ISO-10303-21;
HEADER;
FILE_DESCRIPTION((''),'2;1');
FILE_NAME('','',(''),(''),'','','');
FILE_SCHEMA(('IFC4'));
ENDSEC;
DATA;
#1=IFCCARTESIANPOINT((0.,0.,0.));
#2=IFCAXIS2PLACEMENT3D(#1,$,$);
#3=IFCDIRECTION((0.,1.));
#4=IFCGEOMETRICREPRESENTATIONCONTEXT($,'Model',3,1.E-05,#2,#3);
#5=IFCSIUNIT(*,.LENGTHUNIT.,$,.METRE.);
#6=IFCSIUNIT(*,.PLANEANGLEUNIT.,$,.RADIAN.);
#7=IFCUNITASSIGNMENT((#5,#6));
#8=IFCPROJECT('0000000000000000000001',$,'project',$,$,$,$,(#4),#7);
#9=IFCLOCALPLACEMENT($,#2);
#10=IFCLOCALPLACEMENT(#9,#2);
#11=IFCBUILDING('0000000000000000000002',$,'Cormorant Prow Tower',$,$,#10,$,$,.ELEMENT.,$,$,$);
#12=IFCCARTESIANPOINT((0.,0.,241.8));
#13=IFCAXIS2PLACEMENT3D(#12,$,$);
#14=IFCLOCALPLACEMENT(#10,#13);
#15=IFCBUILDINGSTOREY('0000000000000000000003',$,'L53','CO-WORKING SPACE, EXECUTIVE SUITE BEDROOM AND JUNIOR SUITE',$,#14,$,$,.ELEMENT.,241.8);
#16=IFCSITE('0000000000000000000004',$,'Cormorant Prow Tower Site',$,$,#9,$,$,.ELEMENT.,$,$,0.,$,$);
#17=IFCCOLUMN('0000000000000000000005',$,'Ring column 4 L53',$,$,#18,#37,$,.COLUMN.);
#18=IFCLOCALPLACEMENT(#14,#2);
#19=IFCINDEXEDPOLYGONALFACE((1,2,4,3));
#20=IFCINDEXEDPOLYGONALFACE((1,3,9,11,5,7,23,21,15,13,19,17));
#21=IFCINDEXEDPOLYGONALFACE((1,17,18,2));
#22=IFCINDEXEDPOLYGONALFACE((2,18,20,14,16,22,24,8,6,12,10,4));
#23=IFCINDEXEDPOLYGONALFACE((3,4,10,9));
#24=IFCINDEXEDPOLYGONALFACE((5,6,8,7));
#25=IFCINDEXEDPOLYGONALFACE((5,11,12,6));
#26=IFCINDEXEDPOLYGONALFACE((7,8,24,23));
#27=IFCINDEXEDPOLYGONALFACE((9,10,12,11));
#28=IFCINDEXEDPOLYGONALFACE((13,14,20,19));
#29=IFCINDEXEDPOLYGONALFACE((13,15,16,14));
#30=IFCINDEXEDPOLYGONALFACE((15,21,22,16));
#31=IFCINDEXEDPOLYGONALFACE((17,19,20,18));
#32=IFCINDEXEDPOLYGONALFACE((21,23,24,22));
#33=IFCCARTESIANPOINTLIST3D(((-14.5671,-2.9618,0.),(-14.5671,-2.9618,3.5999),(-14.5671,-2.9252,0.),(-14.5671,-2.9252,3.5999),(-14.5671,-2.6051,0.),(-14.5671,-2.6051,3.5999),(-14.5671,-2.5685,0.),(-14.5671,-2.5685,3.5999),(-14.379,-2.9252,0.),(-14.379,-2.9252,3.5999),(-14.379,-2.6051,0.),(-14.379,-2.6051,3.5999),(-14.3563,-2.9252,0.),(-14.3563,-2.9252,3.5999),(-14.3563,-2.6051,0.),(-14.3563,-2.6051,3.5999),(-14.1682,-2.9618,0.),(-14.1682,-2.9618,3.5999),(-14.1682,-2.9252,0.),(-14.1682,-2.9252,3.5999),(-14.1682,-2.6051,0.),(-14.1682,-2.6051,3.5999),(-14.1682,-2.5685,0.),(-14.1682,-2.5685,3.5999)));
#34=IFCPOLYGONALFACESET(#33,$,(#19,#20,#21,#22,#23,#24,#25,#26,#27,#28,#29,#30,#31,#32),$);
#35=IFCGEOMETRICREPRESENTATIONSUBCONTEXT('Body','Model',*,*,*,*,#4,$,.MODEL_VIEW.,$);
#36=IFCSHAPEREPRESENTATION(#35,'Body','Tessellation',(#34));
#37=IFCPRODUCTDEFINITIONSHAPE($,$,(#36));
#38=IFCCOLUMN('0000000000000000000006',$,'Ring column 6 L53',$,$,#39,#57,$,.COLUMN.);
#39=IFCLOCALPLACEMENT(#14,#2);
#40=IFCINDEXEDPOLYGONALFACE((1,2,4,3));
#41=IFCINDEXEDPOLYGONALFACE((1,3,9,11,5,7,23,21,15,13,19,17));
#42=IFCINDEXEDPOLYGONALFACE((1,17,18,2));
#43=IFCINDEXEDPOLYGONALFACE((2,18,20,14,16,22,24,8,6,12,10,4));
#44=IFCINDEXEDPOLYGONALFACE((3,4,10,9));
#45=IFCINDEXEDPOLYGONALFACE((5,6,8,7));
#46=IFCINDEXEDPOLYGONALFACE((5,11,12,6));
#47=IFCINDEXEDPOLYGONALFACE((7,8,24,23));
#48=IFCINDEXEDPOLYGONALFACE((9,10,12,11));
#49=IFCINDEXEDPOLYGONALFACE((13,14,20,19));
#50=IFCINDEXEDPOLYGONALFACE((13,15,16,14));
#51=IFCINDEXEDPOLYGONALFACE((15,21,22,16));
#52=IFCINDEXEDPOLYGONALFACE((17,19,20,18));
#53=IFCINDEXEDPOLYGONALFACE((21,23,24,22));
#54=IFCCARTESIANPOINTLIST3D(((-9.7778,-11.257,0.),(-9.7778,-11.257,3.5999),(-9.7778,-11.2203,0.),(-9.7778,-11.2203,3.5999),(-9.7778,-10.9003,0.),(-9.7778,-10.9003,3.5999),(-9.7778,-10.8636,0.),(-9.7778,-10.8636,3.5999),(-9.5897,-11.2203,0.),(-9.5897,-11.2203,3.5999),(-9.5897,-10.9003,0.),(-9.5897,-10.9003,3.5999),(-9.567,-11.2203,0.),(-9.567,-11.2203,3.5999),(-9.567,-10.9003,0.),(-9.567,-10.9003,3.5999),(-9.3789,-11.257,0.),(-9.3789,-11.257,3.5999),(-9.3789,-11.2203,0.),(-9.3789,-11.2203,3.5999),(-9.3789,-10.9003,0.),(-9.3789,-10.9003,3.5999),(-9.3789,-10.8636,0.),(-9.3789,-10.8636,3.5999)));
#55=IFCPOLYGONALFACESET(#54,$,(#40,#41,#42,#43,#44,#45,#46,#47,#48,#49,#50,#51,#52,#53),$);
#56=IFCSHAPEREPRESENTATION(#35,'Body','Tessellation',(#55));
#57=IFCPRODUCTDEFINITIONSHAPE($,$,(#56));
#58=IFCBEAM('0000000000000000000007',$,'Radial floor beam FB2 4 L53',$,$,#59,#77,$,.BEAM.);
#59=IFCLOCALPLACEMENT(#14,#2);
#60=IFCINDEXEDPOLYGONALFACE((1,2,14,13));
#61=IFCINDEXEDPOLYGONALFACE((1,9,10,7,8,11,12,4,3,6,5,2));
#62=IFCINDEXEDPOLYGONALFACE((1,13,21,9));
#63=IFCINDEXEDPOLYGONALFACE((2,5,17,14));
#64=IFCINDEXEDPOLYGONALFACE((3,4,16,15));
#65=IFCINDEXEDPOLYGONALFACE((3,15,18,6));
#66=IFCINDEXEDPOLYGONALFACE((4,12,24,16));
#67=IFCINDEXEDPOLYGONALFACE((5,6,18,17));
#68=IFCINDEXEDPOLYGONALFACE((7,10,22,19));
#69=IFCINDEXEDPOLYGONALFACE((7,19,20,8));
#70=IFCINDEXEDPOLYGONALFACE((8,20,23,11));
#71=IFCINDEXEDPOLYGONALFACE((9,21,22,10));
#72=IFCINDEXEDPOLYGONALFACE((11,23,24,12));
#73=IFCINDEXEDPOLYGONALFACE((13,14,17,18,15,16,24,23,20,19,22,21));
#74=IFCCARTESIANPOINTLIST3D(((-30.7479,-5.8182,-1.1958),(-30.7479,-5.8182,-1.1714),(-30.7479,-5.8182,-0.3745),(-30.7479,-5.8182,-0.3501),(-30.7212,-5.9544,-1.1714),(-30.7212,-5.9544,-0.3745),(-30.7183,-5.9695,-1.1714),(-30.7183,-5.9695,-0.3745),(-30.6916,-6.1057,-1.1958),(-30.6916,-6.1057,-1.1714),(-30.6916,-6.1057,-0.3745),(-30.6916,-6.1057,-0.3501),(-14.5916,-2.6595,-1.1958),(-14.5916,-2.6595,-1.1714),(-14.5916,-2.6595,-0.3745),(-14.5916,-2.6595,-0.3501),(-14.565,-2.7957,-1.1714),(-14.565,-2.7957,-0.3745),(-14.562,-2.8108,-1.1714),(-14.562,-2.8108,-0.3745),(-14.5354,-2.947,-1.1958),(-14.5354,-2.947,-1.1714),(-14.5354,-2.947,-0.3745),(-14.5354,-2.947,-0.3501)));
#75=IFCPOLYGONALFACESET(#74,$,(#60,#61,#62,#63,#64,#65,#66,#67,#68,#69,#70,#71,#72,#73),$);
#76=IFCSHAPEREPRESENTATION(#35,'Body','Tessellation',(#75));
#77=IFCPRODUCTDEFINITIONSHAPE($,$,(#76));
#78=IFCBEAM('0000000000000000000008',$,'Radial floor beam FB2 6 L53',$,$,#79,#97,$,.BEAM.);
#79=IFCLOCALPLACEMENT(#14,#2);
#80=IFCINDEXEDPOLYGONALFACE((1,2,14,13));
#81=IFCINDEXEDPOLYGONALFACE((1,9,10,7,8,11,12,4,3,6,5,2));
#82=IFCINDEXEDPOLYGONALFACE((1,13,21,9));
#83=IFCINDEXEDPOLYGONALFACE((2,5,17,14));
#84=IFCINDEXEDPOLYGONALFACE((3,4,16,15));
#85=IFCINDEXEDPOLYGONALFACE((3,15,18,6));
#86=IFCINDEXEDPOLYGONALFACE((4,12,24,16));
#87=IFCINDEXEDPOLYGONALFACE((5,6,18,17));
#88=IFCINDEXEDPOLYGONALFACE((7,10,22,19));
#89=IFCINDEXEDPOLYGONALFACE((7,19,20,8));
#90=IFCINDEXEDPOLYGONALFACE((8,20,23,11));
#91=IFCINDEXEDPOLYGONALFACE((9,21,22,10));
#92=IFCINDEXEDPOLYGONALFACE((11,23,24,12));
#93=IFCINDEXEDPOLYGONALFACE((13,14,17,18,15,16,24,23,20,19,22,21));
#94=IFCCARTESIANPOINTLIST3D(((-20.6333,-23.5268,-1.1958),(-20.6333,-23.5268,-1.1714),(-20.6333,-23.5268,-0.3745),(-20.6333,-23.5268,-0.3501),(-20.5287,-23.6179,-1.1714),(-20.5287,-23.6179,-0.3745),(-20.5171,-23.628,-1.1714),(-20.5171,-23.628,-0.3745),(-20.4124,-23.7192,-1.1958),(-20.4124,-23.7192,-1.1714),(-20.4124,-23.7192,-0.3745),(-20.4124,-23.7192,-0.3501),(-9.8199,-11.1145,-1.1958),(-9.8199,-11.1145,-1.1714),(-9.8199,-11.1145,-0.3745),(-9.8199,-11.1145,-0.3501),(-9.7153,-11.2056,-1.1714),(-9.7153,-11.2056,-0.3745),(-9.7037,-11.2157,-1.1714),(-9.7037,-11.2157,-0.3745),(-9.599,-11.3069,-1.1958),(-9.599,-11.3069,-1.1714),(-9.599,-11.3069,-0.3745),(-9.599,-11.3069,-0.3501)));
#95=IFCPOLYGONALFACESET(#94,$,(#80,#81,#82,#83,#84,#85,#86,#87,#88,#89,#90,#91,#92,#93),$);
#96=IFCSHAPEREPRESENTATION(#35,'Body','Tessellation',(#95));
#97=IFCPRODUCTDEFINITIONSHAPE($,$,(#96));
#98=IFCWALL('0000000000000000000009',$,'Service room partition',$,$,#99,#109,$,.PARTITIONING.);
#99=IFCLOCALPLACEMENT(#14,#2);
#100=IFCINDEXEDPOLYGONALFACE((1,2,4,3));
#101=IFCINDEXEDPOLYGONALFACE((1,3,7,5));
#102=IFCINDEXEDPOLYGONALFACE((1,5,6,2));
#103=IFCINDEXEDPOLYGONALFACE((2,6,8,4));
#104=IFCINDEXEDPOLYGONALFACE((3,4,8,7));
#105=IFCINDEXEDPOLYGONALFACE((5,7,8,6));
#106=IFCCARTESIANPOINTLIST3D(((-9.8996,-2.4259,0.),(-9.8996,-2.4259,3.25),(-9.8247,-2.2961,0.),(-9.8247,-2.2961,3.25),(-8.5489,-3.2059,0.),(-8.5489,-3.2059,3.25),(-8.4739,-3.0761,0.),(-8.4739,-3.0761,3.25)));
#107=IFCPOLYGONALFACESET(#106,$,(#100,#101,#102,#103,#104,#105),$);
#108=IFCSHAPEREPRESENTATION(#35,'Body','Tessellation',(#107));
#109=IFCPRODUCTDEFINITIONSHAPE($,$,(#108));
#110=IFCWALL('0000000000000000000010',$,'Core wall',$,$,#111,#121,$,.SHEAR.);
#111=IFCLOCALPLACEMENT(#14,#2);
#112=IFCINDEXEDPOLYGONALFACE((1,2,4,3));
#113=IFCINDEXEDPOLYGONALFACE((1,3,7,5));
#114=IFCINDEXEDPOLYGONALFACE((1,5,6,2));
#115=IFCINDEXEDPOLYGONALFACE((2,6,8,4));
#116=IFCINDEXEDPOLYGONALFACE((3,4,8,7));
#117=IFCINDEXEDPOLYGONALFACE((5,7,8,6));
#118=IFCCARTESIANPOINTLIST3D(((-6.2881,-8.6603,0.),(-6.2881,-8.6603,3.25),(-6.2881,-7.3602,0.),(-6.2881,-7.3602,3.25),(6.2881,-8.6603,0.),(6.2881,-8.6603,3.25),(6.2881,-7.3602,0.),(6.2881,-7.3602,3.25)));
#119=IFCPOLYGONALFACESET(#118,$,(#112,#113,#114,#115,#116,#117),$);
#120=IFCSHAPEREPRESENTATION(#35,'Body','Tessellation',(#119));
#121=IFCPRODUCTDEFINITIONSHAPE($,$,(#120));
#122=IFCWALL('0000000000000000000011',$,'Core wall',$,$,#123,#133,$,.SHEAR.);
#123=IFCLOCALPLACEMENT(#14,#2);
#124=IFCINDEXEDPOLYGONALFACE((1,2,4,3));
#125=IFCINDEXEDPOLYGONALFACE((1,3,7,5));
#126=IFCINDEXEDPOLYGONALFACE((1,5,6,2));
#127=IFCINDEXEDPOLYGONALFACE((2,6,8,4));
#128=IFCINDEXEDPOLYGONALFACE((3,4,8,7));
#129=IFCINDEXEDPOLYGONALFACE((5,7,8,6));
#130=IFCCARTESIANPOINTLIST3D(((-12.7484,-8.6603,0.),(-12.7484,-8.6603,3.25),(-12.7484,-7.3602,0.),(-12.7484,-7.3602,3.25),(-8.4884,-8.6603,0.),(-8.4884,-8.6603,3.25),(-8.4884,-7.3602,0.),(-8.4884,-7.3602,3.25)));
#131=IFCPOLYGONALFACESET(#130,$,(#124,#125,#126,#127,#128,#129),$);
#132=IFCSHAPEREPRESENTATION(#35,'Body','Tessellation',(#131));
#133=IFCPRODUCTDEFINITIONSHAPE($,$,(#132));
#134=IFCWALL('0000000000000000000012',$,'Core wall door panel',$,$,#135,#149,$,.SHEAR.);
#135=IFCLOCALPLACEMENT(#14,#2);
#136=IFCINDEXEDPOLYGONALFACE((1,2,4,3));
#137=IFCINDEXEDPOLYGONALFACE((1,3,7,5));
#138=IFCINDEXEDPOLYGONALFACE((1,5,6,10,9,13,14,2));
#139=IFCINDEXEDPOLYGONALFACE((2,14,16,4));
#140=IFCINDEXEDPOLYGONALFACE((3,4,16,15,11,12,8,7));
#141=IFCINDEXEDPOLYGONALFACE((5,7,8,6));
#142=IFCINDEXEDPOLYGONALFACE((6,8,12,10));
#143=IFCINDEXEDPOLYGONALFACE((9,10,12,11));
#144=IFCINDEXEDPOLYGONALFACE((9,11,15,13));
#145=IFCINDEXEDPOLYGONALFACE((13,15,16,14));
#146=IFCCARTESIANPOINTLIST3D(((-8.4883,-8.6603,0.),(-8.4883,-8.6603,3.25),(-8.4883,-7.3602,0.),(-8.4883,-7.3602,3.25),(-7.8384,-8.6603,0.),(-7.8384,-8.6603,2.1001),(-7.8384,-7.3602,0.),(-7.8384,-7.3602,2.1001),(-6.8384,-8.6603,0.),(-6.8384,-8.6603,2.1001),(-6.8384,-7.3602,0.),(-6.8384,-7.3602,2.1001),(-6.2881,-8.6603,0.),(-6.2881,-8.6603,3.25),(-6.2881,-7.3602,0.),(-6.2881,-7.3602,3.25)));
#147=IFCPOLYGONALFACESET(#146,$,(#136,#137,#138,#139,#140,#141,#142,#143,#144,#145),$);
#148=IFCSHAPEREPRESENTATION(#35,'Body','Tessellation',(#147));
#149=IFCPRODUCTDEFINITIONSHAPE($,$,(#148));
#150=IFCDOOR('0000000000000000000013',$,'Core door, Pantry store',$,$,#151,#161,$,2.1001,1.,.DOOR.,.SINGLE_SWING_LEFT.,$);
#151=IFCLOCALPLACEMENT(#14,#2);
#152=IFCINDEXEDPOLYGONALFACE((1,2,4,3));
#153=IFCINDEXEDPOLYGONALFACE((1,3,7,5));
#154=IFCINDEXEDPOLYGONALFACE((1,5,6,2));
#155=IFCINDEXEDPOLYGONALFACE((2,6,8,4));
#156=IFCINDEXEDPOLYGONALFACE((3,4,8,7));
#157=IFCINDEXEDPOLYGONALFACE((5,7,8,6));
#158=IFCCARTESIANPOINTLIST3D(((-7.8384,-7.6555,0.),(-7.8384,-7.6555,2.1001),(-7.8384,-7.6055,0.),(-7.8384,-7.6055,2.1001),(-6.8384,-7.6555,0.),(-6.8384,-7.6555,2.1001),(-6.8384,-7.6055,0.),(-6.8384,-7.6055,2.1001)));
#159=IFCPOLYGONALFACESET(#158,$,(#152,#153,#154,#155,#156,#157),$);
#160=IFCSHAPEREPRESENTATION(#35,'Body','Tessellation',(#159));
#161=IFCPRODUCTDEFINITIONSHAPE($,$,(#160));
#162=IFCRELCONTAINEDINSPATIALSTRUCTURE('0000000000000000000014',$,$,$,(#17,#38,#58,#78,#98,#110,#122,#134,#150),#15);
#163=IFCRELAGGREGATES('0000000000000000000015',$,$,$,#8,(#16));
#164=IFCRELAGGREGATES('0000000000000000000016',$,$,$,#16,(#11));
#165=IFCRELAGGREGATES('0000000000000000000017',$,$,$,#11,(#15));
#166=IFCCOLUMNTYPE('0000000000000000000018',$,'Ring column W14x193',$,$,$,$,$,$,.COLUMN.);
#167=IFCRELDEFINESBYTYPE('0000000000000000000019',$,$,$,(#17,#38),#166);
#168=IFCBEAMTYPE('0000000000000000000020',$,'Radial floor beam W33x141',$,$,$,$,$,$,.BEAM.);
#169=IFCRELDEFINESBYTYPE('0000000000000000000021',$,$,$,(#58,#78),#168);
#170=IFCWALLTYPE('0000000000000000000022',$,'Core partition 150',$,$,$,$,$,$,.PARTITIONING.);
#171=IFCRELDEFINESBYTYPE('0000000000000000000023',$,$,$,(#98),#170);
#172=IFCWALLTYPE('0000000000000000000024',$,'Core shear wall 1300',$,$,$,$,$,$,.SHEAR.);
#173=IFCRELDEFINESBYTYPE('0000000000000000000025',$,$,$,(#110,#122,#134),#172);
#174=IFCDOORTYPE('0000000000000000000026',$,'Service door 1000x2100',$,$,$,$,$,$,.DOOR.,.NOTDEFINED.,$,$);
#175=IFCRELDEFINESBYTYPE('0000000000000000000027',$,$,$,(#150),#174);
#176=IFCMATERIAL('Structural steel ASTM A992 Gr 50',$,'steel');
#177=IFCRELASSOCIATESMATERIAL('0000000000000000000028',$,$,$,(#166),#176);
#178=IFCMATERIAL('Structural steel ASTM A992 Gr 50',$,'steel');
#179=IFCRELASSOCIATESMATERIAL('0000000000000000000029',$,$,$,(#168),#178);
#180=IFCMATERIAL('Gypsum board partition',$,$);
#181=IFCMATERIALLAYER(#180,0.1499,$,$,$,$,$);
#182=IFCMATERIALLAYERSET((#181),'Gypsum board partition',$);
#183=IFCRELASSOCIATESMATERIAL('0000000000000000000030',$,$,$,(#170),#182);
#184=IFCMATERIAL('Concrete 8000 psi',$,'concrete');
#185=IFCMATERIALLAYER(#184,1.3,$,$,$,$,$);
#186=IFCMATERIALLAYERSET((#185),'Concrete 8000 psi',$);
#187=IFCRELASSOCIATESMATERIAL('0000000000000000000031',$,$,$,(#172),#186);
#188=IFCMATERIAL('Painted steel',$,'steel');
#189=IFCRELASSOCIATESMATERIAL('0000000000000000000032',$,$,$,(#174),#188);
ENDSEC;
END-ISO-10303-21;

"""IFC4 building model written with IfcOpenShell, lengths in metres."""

from ifc_helpers import new_model, si_unit, direction, frame, frame_2d, origin, origin_2d, place, context, subcontext, project, spatial, rectangle, i_section, extrude, material, layer, layer_set, material_profile, profile_set, type_object, element, fill, save


model = new_model("IFC4")

# Units and contexts
model_context = context("Model", 3, precision=1e-05, world=origin(), true_north=direction((0.0, 1.0)))
body_context = subcontext(model_context, "Body", "Model", "MODEL_VIEW")
ifc_project = project(units=[si_unit("LENGTHUNIT", "METRE"), si_unit("PLANEANGLEUNIT", "RADIAN")], contexts=[model_context])

# Site, building, storey
site_placement = place(None, origin())
site = spatial("IfcSite", under=ifc_project, at=site_placement, Name="Cormorant Prow Tower Site", CompositionType="ELEMENT", RefElevation=0.0)
building_placement = place(site_placement, origin())
building = spatial("IfcBuilding", under=site, at=building_placement, Name="Cormorant Prow Tower", CompositionType="ELEMENT")
storey_placement = place(building_placement, frame((0.0, 0.0, 241.8)))
storey = spatial("IfcBuildingStorey", under=building, at=storey_placement, Name="L53", Description="CO-WORKING SPACE, EXECUTIVE SUITE BEDROOM AND JUNIOR SUITE", CompositionType="ELEMENT", Elevation=241.8)

# Columns
ifc_material_1 = material(Name="Structural steel ASTM A992 Gr 50", Category="steel")
ifc_material_profile_1 = material_profile(ifc_material_1, i_section(OverallWidth=0.3989, OverallDepth=0.3933, WebThickness=0.0227, FlangeThickness=0.0366, at=origin_2d()), Name="W14x193")
ifc_profile_set_1 = profile_set([ifc_material_profile_1], Name="Structural steel ASTM A992 Gr 50")
column_type = type_object("IfcColumnType", Name="Ring column W14x193", PredefinedType="COLUMN", material=ifc_profile_set_1)
for number, where, z_axis, x_axis, name in (
    (1, (-14.3677, -2.7651, 0.0), (0.0, 0.0, 1.0), (1.0, 0.0, 0.0), "Ring column 4 L53"),
    (2, (-9.5784, -11.0603, 0.0), (0.0, 0.0, 1.0), (1.0, 0.0, 0.0), "Ring column 6 L53"),
):
    element("IfcColumn", number, at=place(storey_placement, frame(where, z_axis=z_axis, x_axis=x_axis)), inside=storey, type_object=column_type, Name=name, PredefinedType="COLUMN", context=body_context, shape_type="SweptSolid", body=[
        extrude(i_section(OverallWidth=0.3989, OverallDepth=0.3933, WebThickness=0.0227, FlangeThickness=0.0366, at=origin_2d()), origin(), (0.0, 0.0, 1.0), 3.5999),
    ])

# Beams
ifc_material_2 = material(Name="Structural steel ASTM A992 Gr 50", Category="steel")
ifc_material_profile_2 = material_profile(ifc_material_2, i_section(OverallWidth=0.293, OverallDepth=0.8457, WebThickness=0.0154, FlangeThickness=0.0244, at=origin_2d()), Name="W33x141")
ifc_profile_set_2 = profile_set([ifc_material_profile_2], Name="Structural steel ASTM A992 Gr 50")
beam_type = type_object("IfcBeamType", Name="Radial floor beam W33x141", PredefinedType="BEAM", material=ifc_profile_set_2)
beam_1_placement = place(storey_placement, frame((-14.5635, -2.8032, -0.7729), z_axis=(-0.981419, -0.191876, 0.0), x_axis=(0.191876, -0.981419, 0.0)))
element("IfcBeam", 3, at=beam_1_placement, inside=storey, type_object=beam_type, Name="Radial floor beam FB2 4 L53", PredefinedType="BEAM", context=body_context, shape_type="SweptSolid", body=[
    extrude(i_section(OverallWidth=0.293, OverallDepth=0.8457, WebThickness=0.0154, FlangeThickness=0.0244, at=origin_2d()), origin(), (0.0, 0.0, 1.0), 16.4622),
])
beam_2_placement = place(storey_placement, frame((-9.7095, -11.2107, -0.7729), z_axis=(-0.656875, -0.754, 0.0), x_axis=(0.754, -0.656875, 0.0)))
element("IfcBeam", 4, at=beam_2_placement, inside=storey, type_object=beam_type, Name="Radial floor beam FB2 6 L53", PredefinedType="BEAM", context=body_context, shape_type="SweptSolid", body=[
    extrude(i_section(OverallWidth=0.293, OverallDepth=0.8457, WebThickness=0.0154, FlangeThickness=0.0244, at=origin_2d()), origin(), (0.0, 0.0, 1.0), 16.4619),
])

# Walls
ifc_material_3 = material(Name="Gypsum board partition")
ifc_layer_1 = layer(ifc_material_3, 0.1499)
ifc_layer_set_1 = layer_set([ifc_layer_1], Name="Gypsum board partition")
wall_type_1 = type_object("IfcWallType", Name="Core partition 150", PredefinedType="PARTITIONING", material=ifc_layer_set_1)
wall_1_placement = place(storey_placement, frame((-9.8621, -2.3611, 0.0), z_axis=(0.0, 0.0, 1.0), x_axis=(0.86599, -0.500061, 0.0)))
element("IfcWall", 5, at=wall_1_placement, inside=storey, type_object=wall_type_1, Name="Service room partition", PredefinedType="PARTITIONING", context=body_context, shape_type="SweptSolid", body=[
    extrude(rectangle(XDim=1.5598, YDim=0.1499, at=frame_2d((0.7798, 0.0))), origin(), (0.0, 0.0, 1.0), 3.25),
])
ifc_material_4 = material(Name="Concrete 8000 psi", Category="concrete")
ifc_layer_2 = layer(ifc_material_4, 1.3)
ifc_layer_set_2 = layer_set([ifc_layer_2], Name="Concrete 8000 psi")
wall_type_2 = type_object("IfcWallType", Name="Core shear wall 1300", PredefinedType="SHEAR", material=ifc_layer_set_2)
wall_2_placement = place(storey_placement, frame((-6.2881, -8.0103, 0.0), z_axis=(0.0, 0.0, 1.0), x_axis=(1.0, 0.0, 0.0)))
element("IfcWall", 6, at=wall_2_placement, inside=storey, type_object=wall_type_2, Name="Core wall", PredefinedType="SHEAR", context=body_context, shape_type="SweptSolid", body=[
    extrude(rectangle(XDim=12.5762, YDim=1.3, at=frame_2d((6.2881, 0.0))), origin(), (0.0, 0.0, 1.0), 3.25),
])
wall_3_placement = place(storey_placement, frame((-12.7483, -8.0103, 0.0), z_axis=(0.0, 0.0, 1.0), x_axis=(1.0, 0.0, 0.0)))
element("IfcWall", 7, at=wall_3_placement, inside=storey, type_object=wall_type_2, Name="Core wall", PredefinedType="SHEAR", context=body_context, shape_type="SweptSolid", body=[
    extrude(rectangle(XDim=4.26, YDim=1.3, at=frame_2d((2.1299, 0.0))), origin(), (0.0, 0.0, 1.0), 3.25),
])

# Wall, opening, door
wall_4_placement = place(storey_placement, frame((-8.4883, -8.0103, 0.0), z_axis=(0.0, 0.0, 1.0), x_axis=(1.0, 0.0, 0.0)))
wall_4 = element("IfcWall", 8, at=wall_4_placement, inside=storey, type_object=wall_type_2, Name="Core wall door panel", PredefinedType="SHEAR", context=body_context, shape_type="SweptSolid", body=[
    extrude(rectangle(XDim=2.2002, YDim=1.3, at=frame_2d((1.1001, 0.0))), origin(), (0.0, 0.0, 1.0), 3.25),
])
opening_1_placement = place(wall_4_placement, frame((0.6499, 0.0, 0.0)))
opening_1 = element("IfcOpeningElement", 9, at=opening_1_placement, cuts=wall_4, PredefinedType="OPENING", context=body_context, shape_type="SweptSolid", body=[
    extrude(rectangle(XDim=1.0, YDim=2.1001, at=frame_2d((0.5, 1.05))), frame((0.0, 0.6599, 0.0), z_axis=(0.0, -1.0, 0.0), x_axis=(1.0, 0.0, 0.0)), (0.0, 0.0, 1.0), 1.3201),
])
ifc_material_5 = material(Name="Painted steel", Category="steel")
door_type_1 = type_object("IfcDoorType", Name="Service door 1000x2100", OperationType="NOTDEFINED", PredefinedType="DOOR", material=ifc_material_5)
door_1_placement = place(opening_1_placement, origin())
door_1 = element("IfcDoor", 10, at=door_1_placement, inside=storey, type_object=door_type_1, Name="Core door, Pantry store", OperationType="SINGLE_SWING_LEFT", OverallHeight=2.1001, OverallWidth=1.0, PredefinedType="DOOR", context=body_context, shape_type="SweptSolid", body=[
    extrude(rectangle(XDim=1.0, YDim=2.1001, at=frame_2d((0.5, 1.05))), frame((0.0, 0.4048, 0.0), z_axis=(0.0, -1.0, 0.0), x_axis=(1.0, 0.0, 0.0)), (0.0, 0.0, 1.0), 0.05),
])
fill(opening_1, door_1)

save(model, "model.ifc")
